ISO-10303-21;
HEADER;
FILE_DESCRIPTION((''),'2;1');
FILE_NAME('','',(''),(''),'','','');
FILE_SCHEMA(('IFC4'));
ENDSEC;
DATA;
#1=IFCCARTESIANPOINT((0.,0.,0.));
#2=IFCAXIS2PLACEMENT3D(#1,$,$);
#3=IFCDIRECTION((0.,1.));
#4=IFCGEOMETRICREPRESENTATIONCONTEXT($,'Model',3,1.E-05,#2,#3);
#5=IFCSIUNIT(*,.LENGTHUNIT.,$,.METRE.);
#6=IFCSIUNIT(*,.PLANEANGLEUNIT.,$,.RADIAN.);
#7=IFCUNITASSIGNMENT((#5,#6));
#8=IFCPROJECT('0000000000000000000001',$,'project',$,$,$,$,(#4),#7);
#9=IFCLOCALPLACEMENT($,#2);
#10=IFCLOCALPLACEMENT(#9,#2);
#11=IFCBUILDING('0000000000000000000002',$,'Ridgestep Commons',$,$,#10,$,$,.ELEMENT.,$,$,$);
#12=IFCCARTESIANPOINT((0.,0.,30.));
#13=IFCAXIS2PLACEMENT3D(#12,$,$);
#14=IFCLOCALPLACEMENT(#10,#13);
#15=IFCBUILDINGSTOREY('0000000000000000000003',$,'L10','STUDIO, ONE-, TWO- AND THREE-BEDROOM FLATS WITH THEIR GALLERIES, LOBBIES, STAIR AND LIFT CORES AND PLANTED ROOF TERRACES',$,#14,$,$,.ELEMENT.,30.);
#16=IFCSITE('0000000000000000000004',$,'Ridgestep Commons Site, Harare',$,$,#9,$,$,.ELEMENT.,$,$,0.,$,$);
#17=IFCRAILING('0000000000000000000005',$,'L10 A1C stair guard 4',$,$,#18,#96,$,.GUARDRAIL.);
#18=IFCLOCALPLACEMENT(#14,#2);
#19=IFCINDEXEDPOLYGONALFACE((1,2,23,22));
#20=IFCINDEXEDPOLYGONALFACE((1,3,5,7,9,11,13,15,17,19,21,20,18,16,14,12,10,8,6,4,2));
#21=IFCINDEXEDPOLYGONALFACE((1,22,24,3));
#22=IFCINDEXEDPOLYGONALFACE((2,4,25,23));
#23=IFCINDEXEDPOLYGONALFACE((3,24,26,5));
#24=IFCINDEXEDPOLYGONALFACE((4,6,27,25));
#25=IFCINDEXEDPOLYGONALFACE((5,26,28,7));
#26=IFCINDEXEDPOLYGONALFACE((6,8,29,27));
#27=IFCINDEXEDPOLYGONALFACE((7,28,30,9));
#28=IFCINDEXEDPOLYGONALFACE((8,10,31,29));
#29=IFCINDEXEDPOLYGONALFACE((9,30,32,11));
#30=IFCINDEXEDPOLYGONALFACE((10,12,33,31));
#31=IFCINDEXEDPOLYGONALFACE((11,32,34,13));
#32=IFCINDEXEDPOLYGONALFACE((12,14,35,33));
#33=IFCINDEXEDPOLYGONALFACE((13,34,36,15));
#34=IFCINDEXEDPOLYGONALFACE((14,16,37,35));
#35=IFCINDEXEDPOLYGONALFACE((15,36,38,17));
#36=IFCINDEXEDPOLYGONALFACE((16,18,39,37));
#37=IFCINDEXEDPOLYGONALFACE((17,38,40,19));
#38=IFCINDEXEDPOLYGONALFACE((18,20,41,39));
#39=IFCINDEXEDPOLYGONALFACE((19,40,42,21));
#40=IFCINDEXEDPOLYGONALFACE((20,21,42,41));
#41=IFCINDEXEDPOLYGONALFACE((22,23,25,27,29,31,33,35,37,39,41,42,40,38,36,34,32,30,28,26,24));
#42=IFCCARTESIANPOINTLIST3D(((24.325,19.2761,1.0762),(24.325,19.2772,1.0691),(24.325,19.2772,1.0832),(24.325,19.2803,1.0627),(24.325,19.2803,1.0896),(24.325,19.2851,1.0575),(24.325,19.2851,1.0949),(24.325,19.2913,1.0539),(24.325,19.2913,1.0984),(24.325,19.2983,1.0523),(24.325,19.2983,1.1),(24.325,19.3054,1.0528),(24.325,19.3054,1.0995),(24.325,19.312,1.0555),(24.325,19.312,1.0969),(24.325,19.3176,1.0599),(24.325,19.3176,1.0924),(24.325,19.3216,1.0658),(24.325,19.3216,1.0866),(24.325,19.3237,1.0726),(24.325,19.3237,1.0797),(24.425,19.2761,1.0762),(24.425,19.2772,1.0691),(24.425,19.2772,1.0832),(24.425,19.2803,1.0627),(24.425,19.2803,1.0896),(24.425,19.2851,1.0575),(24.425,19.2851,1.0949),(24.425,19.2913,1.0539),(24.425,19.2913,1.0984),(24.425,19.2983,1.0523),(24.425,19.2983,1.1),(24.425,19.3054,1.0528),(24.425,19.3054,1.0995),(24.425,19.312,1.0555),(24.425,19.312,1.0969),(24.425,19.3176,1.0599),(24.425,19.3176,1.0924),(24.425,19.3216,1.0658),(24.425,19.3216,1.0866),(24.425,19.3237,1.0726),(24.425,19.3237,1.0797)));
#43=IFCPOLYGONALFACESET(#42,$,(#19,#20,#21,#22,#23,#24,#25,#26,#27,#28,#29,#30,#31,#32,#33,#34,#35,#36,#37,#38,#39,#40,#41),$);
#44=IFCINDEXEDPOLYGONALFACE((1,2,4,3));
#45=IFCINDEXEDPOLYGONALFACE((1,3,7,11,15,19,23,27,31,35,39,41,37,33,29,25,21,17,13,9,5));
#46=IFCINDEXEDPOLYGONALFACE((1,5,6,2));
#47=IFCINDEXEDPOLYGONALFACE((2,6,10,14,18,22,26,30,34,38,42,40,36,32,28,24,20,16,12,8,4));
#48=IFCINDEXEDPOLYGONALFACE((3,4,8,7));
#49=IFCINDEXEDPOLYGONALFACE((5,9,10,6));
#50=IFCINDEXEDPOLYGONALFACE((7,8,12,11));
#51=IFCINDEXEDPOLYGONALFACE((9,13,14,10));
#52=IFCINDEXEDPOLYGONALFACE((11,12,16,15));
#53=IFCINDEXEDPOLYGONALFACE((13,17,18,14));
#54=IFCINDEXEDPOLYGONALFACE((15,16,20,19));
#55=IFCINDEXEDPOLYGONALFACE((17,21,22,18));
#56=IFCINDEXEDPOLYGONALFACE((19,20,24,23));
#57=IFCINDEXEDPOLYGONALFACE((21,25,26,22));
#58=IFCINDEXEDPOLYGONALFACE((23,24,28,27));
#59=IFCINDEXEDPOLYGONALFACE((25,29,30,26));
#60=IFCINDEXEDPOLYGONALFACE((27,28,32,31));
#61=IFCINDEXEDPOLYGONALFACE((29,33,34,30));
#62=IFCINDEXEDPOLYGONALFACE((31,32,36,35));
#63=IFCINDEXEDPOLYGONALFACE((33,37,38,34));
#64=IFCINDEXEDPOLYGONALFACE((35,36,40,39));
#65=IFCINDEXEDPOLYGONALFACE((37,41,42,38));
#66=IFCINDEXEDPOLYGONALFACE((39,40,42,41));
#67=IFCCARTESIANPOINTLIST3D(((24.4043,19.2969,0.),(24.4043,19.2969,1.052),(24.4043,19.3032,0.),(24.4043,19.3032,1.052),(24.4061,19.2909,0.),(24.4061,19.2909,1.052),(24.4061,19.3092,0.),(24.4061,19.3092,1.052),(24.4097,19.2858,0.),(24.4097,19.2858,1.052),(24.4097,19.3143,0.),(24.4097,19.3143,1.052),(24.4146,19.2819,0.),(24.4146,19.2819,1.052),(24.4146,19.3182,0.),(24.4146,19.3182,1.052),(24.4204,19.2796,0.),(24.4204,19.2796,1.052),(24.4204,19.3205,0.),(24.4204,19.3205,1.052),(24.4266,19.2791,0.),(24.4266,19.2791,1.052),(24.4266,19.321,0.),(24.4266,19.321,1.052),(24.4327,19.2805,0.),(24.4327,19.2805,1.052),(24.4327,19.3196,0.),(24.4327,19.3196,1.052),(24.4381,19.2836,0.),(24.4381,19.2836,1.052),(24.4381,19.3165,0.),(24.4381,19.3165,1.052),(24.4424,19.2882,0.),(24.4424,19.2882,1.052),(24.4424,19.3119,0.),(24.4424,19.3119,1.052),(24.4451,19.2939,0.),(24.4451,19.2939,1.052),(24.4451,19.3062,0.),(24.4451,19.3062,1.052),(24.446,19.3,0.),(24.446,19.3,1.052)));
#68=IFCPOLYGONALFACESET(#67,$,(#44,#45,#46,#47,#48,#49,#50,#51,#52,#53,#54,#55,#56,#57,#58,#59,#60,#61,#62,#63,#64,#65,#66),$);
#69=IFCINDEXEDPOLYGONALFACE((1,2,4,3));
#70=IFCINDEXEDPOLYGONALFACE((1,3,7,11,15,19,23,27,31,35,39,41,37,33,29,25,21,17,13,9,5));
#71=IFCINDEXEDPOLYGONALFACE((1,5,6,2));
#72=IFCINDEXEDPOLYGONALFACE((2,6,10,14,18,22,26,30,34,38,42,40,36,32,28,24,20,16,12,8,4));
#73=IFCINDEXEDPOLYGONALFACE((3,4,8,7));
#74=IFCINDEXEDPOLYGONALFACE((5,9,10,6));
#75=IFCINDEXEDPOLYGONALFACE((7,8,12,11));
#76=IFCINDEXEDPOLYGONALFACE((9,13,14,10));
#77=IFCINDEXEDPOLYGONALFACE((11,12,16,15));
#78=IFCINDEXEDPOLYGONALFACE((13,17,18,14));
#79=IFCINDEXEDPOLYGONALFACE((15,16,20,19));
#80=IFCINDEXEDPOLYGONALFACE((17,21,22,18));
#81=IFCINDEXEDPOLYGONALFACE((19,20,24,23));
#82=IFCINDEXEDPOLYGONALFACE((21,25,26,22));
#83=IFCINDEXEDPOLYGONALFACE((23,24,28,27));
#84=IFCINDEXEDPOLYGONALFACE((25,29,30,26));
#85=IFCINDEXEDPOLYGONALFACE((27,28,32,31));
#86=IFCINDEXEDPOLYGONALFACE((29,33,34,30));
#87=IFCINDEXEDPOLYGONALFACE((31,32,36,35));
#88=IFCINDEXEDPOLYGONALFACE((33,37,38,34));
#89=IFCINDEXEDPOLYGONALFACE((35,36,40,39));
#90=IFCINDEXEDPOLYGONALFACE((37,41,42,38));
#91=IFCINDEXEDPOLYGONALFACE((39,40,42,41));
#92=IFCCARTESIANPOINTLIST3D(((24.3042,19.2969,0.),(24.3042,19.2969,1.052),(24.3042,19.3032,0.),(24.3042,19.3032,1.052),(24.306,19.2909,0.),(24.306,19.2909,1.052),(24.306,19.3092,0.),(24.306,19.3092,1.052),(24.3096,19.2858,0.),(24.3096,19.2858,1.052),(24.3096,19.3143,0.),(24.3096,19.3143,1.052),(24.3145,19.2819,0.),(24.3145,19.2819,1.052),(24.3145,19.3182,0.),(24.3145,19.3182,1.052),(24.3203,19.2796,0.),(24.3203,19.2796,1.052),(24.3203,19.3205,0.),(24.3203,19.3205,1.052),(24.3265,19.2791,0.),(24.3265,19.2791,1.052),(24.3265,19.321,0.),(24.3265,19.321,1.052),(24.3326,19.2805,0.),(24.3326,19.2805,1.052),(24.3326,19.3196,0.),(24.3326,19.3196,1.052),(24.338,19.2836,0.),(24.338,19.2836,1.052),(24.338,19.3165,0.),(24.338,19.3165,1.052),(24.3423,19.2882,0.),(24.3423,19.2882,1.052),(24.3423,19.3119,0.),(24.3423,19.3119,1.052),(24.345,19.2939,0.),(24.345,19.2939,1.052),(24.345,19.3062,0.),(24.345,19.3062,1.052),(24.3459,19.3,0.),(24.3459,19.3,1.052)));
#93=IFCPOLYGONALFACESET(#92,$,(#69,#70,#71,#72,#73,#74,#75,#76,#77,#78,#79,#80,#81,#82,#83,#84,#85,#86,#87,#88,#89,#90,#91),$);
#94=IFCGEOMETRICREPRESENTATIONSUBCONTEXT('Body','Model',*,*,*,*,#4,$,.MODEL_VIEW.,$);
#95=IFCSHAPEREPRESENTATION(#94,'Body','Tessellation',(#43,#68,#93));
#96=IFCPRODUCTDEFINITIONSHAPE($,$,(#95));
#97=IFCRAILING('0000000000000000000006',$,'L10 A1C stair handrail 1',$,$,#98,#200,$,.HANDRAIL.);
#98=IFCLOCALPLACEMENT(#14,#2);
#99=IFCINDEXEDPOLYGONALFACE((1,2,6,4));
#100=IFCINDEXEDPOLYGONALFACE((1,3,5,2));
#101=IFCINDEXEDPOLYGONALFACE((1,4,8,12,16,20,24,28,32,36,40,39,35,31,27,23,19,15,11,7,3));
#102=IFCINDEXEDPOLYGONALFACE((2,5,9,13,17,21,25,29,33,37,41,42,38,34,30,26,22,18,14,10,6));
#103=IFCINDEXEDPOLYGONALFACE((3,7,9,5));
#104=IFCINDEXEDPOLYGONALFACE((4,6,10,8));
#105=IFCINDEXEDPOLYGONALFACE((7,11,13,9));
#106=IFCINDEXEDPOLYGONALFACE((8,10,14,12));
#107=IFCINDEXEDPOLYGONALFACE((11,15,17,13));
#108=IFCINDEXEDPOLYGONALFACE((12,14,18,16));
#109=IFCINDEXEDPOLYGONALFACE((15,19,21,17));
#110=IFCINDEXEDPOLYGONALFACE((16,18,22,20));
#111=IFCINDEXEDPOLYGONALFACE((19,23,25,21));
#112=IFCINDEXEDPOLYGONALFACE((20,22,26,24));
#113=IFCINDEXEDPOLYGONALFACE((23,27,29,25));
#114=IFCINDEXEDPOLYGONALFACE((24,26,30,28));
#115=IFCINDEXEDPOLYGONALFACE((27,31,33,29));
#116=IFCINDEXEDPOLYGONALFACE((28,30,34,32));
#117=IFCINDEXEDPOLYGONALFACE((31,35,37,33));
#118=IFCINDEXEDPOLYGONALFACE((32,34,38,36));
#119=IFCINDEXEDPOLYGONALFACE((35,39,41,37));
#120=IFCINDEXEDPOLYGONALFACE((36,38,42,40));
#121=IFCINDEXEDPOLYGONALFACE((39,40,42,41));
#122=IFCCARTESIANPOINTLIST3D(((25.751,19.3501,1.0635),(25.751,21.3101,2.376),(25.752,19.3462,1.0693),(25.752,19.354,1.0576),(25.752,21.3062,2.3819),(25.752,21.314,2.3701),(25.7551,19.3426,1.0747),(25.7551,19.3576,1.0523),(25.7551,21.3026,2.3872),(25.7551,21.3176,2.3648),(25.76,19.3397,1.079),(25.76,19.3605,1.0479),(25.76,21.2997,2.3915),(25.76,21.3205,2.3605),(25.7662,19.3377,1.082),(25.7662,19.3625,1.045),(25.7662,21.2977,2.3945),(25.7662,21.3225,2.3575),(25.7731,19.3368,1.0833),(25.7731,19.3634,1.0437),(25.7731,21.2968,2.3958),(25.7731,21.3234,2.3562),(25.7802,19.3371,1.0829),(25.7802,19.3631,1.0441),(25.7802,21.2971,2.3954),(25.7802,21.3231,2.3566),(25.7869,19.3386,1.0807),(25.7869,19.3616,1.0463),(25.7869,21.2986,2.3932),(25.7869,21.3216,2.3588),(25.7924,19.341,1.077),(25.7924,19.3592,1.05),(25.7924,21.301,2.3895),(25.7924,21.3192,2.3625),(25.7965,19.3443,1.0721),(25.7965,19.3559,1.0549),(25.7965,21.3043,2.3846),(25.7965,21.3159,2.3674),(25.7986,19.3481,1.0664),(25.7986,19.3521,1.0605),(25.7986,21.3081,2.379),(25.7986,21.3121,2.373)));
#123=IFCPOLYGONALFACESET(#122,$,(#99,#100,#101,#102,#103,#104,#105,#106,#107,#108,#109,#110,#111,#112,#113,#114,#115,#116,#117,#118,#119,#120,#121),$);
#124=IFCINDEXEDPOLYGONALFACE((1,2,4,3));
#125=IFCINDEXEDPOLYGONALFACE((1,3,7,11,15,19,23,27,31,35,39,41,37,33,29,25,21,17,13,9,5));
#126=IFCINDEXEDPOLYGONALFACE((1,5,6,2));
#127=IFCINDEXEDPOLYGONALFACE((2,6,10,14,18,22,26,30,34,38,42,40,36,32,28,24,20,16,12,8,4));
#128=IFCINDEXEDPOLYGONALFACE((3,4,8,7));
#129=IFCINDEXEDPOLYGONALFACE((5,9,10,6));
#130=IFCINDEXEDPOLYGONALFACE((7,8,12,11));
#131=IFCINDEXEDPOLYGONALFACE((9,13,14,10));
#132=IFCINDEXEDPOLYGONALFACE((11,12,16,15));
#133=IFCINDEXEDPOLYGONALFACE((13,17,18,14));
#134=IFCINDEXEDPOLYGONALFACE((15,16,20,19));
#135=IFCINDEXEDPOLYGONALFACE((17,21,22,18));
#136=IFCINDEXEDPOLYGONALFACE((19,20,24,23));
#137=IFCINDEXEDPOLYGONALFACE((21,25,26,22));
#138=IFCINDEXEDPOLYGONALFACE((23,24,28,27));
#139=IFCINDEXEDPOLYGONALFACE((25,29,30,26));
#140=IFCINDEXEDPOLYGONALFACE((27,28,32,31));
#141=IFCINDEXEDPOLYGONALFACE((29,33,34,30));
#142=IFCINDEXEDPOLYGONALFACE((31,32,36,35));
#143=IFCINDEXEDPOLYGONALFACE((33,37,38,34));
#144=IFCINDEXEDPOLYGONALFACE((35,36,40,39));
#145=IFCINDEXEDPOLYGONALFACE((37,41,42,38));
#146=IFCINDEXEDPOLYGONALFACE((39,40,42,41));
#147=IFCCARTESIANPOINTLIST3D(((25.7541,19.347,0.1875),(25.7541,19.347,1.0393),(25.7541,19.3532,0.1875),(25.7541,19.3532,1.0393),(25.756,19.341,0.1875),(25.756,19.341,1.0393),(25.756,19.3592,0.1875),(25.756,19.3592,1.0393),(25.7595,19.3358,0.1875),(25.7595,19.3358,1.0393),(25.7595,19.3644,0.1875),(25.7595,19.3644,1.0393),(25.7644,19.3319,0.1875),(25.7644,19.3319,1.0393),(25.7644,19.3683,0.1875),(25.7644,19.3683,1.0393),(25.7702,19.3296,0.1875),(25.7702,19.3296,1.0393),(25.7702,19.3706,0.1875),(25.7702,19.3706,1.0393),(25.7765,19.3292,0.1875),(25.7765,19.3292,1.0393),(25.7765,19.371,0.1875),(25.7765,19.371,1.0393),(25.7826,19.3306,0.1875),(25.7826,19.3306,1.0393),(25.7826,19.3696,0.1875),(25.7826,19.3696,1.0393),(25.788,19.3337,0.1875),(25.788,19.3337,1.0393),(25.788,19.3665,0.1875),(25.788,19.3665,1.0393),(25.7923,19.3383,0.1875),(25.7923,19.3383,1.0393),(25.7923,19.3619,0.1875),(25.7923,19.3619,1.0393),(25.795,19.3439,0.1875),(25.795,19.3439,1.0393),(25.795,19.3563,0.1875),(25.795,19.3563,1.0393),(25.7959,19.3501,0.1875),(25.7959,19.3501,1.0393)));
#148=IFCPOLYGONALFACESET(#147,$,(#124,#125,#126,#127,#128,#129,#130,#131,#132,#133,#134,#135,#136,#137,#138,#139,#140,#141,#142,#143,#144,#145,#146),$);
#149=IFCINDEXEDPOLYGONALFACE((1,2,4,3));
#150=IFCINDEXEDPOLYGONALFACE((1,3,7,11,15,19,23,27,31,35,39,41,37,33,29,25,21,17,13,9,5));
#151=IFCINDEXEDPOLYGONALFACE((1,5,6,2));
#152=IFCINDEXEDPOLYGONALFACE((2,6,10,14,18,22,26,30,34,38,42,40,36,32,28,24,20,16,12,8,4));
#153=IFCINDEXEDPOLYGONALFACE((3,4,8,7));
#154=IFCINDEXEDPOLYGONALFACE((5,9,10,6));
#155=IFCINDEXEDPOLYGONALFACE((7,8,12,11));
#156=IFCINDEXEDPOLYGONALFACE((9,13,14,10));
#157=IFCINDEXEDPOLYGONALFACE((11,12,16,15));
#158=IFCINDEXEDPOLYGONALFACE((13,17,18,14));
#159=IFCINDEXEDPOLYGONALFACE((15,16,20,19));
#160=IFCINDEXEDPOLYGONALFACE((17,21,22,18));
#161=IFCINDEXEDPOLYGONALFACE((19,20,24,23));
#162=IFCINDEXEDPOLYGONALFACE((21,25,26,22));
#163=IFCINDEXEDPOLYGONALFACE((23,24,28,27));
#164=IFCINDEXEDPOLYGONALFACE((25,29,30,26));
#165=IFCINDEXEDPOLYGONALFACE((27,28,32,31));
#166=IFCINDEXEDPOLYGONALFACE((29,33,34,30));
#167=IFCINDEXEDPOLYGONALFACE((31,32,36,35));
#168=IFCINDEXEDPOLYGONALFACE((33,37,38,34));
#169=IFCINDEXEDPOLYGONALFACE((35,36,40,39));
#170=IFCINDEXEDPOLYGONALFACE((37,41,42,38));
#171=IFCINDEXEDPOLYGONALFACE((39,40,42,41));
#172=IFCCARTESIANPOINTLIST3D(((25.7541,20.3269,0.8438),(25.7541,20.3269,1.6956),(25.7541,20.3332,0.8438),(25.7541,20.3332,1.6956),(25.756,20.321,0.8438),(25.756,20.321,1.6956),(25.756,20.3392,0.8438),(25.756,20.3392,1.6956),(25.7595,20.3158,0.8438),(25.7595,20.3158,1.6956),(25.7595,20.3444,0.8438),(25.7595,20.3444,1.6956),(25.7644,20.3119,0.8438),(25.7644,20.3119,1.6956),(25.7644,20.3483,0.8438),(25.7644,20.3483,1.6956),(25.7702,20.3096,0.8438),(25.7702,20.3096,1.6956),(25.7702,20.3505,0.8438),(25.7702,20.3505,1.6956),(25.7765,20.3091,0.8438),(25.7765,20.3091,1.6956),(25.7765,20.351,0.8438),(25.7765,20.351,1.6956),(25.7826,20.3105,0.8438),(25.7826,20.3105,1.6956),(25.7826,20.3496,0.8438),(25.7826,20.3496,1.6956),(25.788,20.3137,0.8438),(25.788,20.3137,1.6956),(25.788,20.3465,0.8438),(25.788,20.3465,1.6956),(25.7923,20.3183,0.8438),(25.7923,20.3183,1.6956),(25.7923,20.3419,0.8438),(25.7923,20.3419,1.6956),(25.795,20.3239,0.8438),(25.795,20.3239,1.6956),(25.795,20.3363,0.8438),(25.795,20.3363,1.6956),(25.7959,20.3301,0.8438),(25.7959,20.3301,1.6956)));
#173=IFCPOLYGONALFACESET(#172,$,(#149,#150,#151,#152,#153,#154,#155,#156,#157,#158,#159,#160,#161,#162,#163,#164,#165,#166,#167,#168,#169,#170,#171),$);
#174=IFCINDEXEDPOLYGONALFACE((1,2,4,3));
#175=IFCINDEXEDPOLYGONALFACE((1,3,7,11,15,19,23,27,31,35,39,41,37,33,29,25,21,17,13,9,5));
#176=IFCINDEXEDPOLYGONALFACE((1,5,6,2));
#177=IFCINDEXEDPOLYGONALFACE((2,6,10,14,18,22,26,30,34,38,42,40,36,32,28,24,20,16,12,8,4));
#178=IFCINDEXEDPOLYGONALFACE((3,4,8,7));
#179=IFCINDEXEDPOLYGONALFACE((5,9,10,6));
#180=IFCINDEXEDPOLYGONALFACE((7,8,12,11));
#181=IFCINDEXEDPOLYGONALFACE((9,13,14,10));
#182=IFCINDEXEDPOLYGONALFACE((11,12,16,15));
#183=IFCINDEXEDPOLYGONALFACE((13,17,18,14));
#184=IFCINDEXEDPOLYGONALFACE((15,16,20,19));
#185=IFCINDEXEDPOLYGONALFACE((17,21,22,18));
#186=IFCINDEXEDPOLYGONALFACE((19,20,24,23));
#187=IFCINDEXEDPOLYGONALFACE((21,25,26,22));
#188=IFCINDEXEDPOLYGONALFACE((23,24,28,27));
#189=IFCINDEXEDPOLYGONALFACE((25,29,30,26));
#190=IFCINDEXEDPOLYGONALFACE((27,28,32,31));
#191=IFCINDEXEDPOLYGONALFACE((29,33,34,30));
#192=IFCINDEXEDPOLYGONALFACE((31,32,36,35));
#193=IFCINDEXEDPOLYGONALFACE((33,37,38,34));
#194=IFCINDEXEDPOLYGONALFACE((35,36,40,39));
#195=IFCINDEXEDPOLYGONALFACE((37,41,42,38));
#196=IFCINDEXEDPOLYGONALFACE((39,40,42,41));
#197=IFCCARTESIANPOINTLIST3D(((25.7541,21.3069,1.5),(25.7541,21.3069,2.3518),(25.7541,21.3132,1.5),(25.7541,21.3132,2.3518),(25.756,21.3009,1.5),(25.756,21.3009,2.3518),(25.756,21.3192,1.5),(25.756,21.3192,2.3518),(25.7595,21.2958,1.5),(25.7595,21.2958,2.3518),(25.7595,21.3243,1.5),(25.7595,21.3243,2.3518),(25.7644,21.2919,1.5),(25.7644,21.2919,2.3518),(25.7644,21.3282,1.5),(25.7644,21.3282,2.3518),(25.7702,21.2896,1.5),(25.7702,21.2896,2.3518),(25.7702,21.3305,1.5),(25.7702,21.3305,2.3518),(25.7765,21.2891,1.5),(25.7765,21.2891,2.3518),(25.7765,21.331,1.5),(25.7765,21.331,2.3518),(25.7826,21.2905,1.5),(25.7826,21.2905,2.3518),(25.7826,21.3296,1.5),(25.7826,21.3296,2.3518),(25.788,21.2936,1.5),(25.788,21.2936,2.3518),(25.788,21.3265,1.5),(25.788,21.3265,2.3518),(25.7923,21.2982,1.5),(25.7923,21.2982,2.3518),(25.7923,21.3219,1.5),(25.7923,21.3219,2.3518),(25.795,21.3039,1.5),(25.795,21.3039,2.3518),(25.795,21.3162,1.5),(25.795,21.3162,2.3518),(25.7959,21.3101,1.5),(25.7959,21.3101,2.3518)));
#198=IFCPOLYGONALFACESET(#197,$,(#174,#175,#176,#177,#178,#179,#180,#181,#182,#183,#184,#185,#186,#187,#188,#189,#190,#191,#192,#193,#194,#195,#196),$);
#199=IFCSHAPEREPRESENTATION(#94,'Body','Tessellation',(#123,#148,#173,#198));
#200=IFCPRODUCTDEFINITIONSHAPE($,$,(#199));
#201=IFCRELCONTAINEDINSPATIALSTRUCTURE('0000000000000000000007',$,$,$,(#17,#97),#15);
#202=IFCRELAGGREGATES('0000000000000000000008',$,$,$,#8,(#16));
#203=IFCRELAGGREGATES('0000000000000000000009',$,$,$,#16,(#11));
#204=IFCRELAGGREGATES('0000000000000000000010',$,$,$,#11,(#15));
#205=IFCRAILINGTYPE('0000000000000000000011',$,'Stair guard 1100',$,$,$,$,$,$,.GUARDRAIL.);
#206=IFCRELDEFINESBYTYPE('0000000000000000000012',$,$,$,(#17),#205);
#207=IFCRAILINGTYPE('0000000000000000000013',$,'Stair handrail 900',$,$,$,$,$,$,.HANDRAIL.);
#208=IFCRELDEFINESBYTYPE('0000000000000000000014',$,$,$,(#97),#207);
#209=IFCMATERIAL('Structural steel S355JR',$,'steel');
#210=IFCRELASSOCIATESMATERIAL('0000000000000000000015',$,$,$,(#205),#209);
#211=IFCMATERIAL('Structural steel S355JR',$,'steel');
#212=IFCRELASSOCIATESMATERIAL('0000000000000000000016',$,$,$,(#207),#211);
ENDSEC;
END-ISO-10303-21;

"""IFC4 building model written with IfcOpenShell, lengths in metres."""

from ifc_helpers import new_model, si_unit, direction, frame, origin, origin_2d, place, context, subcontext, project, spatial, circle, extrude, material, type_object, element, save


model = new_model("IFC4")

# Units and contexts
model_context = context("Model", 3, precision=1e-05, world=origin(), true_north=direction((0.0, 1.0)))
body_context = subcontext(model_context, "Body", "Model", "MODEL_VIEW")
ifc_project = project(units=[si_unit("LENGTHUNIT", "METRE"), si_unit("PLANEANGLEUNIT", "RADIAN")], contexts=[model_context])

# Site, building, storey
site_placement = place(None, origin())
site = spatial("IfcSite", under=ifc_project, at=site_placement, Name="Ridgestep Commons Site, Harare", CompositionType="ELEMENT", RefElevation=0.0)
building_placement = place(site_placement, origin())
building = spatial("IfcBuilding", under=site, at=building_placement, Name="Ridgestep Commons", CompositionType="ELEMENT")
storey_placement = place(building_placement, frame((0.0, 0.0, 30.0)))
storey = spatial("IfcBuildingStorey", under=building, at=storey_placement, Name="L10", Description="STUDIO, ONE-, TWO- AND THREE-BEDROOM FLATS WITH THEIR GALLERIES, LOBBIES, STAIR AND LIFT CORES AND PLANTED ROOF TERRACES", CompositionType="ELEMENT", Elevation=30.0)

# Railings
ifc_material_1 = material(Name="Structural steel S355JR", Category="steel")
railing_type_1 = type_object("IfcRailingType", Name="Stair guard 1100", PredefinedType="GUARDRAIL", material=ifc_material_1)
for number, where, name in (
    (1, (24.425, 19.3, 0.0), "L10 A1C stair guard 4"),
):
    element("IfcRailing", number, at=place(storey_placement, frame(where)), inside=storey, type_object=railing_type_1, Name=name, PredefinedType="GUARDRAIL", context=body_context, shape_type="SweptSolid", body=[
        extrude(circle(Radius=0.0239, at=origin_2d()), frame((0.0, 0.0, 1.0762), z_axis=(-1.0, 0.0, 0.0), x_axis=(0.0, -1.0, 0.0)), (0.0, 0.0, 1.0), 0.1001),
        extrude(circle(Radius=0.021, at=origin_2d()), origin(), (0.0, 0.0, 1.0), 1.052),
        extrude(circle(Radius=0.021, at=origin_2d()), frame((-0.1001, 0.0, 0.0)), (0.0, 0.0, 1.0), 1.052),
    ])
ifc_material_2 = material(Name="Structural steel S355JR", Category="steel")
railing_type_2 = type_object("IfcRailingType", Name="Stair handrail 900", PredefinedType="HANDRAIL", material=ifc_material_2)
railing_1_placement = place(storey_placement, frame((25.7749, 19.3501, 0.1875)))
element("IfcRailing", 2, at=railing_1_placement, inside=storey, type_object=railing_type_2, Name="L10 A1C stair handrail 1", PredefinedType="HANDRAIL", context=body_context, shape_type="SweptSolid", body=[
    extrude(circle(Radius=0.0239, at=origin_2d()), frame((0.0, 0.0, 0.876), z_axis=(0.0, 0.830902, 0.556419), x_axis=(-1.0, 0.0, 0.0)), (0.0, 0.0, 1.0), 2.3589),
    extrude(circle(Radius=0.021, at=origin_2d()), origin(), (0.0, 0.0, 1.0), 0.8518),
    extrude(circle(Radius=0.021, at=origin_2d()), frame((0.0, 0.98, 0.6562)), (0.0, 0.0, 1.0), 0.8518),
    extrude(circle(Radius=0.021, at=origin_2d()), frame((0.0, 1.96, 1.3125)), (0.0, 0.0, 1.0), 0.8518),
])

save(model, "model.ifc")
